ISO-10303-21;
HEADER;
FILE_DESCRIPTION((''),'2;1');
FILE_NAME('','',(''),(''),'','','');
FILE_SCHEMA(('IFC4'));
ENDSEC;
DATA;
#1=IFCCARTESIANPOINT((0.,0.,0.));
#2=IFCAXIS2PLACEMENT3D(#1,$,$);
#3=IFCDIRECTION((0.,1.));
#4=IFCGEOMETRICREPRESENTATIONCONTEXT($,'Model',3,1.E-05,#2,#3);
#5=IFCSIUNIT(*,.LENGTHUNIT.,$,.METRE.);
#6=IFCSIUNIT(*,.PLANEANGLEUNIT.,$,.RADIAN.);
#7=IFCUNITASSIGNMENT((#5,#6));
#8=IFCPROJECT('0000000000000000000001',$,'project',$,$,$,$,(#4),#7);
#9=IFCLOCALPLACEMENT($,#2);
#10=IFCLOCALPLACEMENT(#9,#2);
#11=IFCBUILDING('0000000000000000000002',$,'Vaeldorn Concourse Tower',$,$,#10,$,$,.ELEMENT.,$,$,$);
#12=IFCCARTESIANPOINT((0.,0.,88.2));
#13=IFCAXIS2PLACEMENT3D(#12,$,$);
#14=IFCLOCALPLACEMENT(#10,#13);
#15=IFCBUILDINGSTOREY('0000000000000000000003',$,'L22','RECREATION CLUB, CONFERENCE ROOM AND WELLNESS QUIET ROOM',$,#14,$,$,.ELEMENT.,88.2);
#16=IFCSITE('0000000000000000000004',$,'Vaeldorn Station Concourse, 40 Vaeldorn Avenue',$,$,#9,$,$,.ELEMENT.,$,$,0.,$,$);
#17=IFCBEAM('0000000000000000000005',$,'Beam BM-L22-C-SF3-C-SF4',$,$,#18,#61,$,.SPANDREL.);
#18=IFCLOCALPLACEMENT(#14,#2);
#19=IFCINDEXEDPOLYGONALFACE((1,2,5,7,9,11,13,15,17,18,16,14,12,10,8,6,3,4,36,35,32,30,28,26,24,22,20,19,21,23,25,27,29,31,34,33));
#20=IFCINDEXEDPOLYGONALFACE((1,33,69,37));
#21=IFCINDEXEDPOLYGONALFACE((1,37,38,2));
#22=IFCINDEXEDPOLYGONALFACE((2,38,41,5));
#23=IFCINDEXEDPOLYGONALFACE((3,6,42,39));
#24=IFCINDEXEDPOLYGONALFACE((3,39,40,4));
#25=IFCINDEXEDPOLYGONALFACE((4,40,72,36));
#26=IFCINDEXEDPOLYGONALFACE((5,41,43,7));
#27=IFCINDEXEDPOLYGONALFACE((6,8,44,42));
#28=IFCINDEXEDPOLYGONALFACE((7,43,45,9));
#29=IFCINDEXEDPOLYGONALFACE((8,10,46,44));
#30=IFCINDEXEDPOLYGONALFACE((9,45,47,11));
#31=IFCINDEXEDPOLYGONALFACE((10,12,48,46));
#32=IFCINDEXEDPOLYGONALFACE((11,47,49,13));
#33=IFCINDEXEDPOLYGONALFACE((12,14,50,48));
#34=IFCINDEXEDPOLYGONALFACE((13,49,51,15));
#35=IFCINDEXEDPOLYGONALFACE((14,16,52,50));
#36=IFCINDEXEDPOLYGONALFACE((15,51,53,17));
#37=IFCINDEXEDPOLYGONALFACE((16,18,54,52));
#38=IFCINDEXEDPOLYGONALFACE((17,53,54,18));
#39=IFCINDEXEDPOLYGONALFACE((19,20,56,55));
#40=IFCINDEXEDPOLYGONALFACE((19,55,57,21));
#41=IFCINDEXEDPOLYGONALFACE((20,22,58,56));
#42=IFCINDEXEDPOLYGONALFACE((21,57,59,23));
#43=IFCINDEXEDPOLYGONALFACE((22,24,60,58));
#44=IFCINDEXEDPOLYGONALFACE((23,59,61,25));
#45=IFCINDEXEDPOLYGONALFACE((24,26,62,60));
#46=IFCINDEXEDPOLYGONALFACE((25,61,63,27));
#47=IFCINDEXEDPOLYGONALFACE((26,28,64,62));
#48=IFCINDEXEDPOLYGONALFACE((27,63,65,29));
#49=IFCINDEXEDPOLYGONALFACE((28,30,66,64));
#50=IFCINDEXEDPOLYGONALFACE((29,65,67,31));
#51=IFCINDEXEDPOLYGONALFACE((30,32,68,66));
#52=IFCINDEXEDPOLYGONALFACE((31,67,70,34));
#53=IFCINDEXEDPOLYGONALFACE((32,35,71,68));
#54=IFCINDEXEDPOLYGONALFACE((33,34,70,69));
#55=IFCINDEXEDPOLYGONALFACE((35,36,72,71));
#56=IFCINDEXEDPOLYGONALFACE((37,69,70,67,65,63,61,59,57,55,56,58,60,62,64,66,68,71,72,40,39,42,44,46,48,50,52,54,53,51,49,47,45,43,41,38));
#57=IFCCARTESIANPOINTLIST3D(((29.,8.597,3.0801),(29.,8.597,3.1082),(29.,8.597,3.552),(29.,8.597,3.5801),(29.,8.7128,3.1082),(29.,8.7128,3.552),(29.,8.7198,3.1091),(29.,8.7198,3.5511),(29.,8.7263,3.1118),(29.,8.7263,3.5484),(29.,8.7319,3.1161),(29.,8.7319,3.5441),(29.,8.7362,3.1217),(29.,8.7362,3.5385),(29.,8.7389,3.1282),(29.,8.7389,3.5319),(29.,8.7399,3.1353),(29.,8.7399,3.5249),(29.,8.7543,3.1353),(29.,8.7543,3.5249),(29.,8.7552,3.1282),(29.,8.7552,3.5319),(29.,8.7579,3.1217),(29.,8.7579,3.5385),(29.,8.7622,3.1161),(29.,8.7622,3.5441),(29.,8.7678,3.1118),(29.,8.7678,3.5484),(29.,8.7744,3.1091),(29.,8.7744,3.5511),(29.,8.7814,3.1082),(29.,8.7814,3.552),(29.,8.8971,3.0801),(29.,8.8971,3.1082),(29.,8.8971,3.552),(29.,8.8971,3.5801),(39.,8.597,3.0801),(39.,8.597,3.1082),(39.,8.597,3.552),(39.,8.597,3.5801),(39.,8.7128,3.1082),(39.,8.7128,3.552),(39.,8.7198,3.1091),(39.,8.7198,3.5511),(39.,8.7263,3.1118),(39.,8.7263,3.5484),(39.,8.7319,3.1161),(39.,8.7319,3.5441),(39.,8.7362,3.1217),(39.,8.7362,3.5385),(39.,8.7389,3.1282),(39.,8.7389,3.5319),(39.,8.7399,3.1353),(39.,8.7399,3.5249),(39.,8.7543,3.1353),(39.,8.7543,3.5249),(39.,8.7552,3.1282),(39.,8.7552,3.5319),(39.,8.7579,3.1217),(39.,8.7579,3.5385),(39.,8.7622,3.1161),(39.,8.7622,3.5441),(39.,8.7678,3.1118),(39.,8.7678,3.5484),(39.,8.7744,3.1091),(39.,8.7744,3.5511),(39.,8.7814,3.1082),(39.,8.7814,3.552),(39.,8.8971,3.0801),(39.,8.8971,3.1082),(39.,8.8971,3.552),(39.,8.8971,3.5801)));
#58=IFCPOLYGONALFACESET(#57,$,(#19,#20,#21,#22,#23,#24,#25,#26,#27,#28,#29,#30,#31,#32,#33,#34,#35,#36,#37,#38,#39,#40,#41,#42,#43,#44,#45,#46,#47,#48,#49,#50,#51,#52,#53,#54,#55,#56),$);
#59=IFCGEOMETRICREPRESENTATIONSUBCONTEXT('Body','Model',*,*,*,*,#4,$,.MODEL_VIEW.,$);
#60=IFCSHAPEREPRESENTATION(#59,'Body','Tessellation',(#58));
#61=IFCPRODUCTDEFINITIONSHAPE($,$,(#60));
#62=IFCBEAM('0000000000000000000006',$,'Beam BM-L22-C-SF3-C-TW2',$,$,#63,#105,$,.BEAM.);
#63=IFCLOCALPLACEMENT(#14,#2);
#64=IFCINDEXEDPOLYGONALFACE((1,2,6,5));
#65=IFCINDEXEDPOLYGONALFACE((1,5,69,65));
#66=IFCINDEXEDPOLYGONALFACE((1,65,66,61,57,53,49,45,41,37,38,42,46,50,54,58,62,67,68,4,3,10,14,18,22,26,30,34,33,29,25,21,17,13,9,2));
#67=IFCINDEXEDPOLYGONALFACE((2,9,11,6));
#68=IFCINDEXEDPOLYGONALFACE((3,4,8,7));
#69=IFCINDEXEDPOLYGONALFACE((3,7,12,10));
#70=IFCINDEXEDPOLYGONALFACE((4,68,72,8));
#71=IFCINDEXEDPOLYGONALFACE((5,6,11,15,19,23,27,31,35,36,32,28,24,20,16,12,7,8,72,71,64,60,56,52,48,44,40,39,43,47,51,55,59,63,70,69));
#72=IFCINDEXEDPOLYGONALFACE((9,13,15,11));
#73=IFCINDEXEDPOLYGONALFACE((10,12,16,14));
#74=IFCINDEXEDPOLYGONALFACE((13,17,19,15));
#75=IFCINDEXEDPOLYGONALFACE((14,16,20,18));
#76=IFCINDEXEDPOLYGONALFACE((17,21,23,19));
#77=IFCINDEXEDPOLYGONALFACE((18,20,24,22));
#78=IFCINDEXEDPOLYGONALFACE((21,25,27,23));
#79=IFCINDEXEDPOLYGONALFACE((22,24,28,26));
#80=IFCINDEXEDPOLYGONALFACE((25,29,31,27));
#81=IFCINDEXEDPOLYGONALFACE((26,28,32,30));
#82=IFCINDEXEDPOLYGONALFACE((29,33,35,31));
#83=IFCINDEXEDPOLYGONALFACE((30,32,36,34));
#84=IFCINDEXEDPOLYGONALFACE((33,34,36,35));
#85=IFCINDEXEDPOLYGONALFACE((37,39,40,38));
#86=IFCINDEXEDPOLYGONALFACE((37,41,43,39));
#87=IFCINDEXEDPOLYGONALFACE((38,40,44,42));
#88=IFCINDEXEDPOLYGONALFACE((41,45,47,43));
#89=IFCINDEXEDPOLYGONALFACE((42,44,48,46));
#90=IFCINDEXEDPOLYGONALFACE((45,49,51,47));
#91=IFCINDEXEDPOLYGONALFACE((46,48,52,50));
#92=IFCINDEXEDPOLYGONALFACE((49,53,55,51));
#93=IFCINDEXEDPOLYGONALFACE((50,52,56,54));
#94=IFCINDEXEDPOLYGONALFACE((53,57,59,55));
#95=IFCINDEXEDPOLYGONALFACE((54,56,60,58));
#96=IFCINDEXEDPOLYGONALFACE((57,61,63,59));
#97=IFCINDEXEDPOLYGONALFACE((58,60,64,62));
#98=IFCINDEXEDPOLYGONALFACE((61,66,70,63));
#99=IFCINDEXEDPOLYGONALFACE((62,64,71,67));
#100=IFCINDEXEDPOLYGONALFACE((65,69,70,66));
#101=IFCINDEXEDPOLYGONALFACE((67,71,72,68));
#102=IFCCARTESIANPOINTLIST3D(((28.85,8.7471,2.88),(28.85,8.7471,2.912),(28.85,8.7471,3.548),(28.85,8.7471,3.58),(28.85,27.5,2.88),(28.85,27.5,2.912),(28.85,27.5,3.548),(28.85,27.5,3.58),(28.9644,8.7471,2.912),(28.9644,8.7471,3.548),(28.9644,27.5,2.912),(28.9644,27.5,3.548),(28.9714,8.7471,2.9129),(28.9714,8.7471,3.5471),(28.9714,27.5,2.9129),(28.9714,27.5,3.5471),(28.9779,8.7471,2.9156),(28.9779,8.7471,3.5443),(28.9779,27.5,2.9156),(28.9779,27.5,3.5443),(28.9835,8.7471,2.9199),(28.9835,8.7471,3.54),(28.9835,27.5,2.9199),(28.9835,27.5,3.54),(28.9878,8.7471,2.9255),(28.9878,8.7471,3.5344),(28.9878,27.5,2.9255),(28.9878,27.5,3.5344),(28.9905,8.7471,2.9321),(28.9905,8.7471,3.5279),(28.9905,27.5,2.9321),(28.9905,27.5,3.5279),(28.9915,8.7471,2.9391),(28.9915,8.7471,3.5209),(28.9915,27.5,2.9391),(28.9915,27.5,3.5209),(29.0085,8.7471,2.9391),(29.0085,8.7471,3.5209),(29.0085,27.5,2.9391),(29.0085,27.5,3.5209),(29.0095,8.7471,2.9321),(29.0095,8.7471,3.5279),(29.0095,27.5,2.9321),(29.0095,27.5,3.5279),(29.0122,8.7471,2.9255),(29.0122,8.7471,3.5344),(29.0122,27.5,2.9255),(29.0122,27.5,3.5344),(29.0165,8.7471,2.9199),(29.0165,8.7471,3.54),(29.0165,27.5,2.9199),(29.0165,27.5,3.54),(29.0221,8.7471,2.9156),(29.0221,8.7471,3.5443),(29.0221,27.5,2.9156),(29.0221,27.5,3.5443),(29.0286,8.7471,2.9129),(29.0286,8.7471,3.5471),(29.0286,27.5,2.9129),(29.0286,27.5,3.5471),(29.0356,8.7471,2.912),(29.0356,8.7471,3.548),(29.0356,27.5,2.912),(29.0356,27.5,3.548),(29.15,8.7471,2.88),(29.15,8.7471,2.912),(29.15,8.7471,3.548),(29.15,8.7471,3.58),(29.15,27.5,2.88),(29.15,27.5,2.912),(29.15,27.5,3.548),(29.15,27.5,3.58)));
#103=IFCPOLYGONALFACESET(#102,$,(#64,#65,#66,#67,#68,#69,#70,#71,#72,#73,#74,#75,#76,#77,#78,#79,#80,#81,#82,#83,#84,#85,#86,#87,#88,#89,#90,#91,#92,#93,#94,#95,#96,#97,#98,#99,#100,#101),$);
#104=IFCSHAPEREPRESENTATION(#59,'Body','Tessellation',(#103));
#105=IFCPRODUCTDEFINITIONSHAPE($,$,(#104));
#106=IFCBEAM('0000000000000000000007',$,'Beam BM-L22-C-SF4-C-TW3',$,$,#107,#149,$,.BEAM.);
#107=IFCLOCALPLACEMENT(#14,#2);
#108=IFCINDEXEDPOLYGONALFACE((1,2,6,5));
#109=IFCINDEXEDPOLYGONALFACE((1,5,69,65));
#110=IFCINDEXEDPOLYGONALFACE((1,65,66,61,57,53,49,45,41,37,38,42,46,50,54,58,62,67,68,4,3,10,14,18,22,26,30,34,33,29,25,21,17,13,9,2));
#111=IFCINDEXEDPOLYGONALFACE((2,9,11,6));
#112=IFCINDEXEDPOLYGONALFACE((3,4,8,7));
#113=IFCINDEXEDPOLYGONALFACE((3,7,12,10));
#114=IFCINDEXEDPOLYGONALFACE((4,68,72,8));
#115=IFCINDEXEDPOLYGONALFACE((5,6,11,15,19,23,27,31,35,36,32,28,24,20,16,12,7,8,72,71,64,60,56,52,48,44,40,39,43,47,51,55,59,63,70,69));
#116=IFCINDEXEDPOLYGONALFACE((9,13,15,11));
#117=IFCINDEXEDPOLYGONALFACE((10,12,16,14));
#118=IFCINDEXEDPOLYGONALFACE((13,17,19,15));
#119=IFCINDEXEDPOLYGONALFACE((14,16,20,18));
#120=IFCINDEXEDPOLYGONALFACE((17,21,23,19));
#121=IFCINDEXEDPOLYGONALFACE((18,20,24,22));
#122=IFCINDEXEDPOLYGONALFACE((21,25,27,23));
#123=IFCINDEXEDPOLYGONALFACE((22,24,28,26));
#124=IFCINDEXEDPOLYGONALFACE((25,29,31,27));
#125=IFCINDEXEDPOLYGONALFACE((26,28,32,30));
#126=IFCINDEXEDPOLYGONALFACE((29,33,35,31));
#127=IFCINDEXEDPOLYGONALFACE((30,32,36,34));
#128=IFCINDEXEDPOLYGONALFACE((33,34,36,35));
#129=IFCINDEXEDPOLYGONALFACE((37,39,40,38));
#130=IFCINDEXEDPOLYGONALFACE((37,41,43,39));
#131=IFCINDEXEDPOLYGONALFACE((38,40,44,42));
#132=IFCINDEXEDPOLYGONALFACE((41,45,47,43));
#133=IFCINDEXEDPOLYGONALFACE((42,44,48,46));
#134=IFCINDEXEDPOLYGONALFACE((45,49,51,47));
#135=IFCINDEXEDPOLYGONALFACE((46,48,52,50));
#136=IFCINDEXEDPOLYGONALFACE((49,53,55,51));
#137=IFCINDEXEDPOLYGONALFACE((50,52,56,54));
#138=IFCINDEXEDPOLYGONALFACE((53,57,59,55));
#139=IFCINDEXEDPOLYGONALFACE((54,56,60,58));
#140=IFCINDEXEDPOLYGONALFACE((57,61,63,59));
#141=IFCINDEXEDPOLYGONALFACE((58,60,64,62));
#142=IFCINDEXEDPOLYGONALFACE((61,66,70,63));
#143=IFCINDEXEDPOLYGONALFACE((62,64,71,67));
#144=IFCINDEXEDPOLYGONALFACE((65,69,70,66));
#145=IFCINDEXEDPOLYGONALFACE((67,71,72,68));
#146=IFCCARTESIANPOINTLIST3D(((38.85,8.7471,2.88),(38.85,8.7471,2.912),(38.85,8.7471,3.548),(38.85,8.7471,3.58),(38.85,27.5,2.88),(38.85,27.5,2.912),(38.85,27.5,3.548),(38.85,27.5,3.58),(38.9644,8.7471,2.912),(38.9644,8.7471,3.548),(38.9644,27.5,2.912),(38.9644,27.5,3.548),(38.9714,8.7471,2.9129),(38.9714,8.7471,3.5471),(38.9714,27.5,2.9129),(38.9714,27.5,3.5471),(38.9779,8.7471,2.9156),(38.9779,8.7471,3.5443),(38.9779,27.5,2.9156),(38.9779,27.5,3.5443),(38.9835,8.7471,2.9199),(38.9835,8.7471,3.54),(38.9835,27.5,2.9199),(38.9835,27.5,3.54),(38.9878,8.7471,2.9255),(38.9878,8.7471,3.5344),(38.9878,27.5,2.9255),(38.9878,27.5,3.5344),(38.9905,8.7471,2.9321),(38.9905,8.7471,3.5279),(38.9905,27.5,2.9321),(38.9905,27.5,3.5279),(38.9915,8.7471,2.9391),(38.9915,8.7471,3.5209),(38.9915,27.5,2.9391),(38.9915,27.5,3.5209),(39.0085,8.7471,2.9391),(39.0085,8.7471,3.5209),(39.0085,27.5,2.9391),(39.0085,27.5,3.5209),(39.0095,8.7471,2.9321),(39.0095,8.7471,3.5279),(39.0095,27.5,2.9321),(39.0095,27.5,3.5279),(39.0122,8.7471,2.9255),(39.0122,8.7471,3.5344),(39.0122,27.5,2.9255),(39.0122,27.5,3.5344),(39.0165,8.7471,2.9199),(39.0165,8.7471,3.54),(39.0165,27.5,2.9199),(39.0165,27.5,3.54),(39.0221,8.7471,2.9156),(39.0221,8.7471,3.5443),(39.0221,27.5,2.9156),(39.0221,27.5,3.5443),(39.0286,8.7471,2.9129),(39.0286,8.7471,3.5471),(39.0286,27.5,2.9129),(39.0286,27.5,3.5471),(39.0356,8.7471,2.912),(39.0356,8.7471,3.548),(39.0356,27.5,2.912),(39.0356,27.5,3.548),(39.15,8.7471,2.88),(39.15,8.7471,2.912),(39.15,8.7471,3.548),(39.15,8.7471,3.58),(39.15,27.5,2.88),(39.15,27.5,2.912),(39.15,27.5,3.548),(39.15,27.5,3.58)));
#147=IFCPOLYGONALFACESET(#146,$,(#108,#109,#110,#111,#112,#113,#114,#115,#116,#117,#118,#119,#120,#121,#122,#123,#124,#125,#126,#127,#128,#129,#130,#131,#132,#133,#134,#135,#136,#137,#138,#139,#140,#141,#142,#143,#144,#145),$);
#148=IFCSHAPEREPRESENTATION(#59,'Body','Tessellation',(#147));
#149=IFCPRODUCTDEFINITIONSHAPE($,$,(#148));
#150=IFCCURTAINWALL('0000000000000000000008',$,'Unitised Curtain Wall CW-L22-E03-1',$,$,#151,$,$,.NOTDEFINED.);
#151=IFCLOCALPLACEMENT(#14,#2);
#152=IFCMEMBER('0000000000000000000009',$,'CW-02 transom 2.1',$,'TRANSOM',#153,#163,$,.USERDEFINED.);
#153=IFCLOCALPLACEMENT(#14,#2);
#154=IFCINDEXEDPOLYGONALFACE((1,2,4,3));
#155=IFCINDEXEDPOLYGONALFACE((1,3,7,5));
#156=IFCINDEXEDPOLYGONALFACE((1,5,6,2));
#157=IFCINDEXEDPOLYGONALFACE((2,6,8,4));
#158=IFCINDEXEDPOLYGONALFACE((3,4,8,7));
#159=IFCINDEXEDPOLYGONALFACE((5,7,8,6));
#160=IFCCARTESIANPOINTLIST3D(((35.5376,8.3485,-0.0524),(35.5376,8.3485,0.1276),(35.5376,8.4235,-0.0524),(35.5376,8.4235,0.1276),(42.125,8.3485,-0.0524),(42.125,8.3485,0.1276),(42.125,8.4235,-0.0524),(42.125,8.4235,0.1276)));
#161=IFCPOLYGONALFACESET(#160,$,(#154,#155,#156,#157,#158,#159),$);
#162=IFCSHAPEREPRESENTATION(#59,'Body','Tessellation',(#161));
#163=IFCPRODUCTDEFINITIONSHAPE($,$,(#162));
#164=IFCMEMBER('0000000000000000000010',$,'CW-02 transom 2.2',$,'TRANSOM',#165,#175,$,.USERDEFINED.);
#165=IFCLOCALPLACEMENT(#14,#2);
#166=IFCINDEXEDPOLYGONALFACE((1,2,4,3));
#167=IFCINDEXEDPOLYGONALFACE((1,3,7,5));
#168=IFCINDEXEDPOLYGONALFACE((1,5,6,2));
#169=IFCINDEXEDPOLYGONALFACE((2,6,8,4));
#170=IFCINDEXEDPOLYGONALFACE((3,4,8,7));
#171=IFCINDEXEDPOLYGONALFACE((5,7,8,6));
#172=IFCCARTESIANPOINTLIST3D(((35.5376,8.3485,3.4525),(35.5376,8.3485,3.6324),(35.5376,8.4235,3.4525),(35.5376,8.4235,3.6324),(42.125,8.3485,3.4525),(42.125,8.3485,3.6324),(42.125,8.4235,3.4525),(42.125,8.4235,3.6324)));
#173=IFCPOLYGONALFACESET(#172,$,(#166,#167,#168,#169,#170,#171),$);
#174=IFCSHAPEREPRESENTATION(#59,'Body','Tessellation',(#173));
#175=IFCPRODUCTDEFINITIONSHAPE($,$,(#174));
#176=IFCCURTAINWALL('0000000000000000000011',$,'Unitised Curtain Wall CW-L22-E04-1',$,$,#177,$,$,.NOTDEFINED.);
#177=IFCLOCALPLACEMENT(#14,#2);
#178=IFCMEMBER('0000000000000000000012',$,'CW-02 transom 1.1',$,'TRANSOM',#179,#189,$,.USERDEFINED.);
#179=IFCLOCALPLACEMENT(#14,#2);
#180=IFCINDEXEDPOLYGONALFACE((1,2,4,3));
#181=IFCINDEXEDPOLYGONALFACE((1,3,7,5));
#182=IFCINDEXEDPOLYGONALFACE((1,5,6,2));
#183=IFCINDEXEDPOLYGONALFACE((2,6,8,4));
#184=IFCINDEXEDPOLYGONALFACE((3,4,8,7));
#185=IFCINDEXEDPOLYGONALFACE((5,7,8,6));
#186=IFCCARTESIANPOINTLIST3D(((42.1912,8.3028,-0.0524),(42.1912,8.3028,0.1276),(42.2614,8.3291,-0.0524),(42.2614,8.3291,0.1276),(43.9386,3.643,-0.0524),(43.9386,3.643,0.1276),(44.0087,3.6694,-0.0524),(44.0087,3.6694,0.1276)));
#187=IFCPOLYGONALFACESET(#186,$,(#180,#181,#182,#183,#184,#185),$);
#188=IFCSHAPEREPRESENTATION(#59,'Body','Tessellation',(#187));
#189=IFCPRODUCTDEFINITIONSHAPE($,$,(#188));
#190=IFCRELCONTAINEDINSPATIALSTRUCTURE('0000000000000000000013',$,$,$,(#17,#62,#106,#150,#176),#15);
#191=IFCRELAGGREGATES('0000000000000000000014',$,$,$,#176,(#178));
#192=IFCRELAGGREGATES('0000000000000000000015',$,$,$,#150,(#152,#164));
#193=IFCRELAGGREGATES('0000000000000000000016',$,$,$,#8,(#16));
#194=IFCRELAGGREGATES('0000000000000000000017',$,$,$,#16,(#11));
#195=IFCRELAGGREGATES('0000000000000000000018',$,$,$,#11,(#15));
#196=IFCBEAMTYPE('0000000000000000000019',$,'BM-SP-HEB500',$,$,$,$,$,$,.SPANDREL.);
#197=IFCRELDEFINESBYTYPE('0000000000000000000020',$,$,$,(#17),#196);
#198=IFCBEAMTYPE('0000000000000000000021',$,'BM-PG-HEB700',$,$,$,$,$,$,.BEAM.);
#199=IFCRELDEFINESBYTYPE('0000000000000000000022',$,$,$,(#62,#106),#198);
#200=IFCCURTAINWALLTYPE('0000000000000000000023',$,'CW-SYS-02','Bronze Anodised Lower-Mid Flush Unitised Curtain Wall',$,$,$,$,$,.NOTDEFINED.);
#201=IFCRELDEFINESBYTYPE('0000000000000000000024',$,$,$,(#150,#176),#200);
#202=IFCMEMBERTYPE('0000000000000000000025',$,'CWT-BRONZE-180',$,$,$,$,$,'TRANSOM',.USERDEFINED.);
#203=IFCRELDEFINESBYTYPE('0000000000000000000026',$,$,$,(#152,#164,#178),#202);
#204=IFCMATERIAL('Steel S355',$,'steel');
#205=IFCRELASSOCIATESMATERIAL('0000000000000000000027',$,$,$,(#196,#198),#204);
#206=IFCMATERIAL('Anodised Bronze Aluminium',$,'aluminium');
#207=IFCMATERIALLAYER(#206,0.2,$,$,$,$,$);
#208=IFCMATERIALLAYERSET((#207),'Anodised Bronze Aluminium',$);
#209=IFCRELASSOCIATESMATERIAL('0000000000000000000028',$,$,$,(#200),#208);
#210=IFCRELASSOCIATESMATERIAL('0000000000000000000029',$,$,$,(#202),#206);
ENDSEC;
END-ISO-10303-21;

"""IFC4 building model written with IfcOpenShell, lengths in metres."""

from ifc_helpers import new_model, si_unit, direction, frame, origin, origin_2d, place, context, subcontext, project, spatial, rectangle, i_section, extrude, source, transform, mapped, material, layer, layer_set, material_profile, profile_set, type_object, element, aggregate, save


model = new_model("IFC4")

# Units and contexts
model_context = context("Model", 3, precision=1e-05, world=origin(), true_north=direction((0.0, 1.0)))
body_context = subcontext(model_context, "Body", "Model", "MODEL_VIEW")
ifc_project = project(units=[si_unit("LENGTHUNIT", "METRE"), si_unit("PLANEANGLEUNIT", "RADIAN")], contexts=[model_context])

# Site, building, storey
site_placement = place(None, origin())
site = spatial("IfcSite", under=ifc_project, at=site_placement, Name="Vaeldorn Station Concourse, 40 Vaeldorn Avenue", CompositionType="ELEMENT", RefElevation=0.0)
building_placement = place(site_placement, origin())
building = spatial("IfcBuilding", under=site, at=building_placement, Name="Vaeldorn Concourse Tower", CompositionType="ELEMENT")
storey_placement = place(building_placement, frame((0.0, 0.0, 88.2)))
storey = spatial("IfcBuildingStorey", under=building, at=storey_placement, Name="L22", Description="RECREATION CLUB, CONFERENCE ROOM AND WELLNESS QUIET ROOM", CompositionType="ELEMENT", Elevation=88.2)

# Beams
ifc_material_1 = material(Name="Steel S355", Category="steel")
ifc_material_profile_1 = material_profile(ifc_material_1, i_section(OverallWidth=0.3, OverallDepth=0.5, WebThickness=0.0144, FlangeThickness=0.0281, FilletRadius=0.0271, at=origin_2d()), Name="HEB 500")
ifc_profile_set_1 = profile_set([ifc_material_profile_1], Name="Steel S355")
beam_type_1 = type_object("IfcBeamType", Name="BM-SP-HEB500", PredefinedType="SPANDREL", material=ifc_profile_set_1)
shared_shape_1 = source(origin(), body_context, "Body", "SweptSolid", [
    extrude(i_section(OverallWidth=0.3, OverallDepth=0.5, WebThickness=0.0144, FlangeThickness=0.0281, FilletRadius=0.0271, at=origin_2d()), origin(), (0.0, 0.0, 1.0), 10.0),
])
beam_1_placement = place(storey_placement, frame((29.0, 8.7471, 3.3301), z_axis=(1.0, 0.0, 0.0), x_axis=(0.0, 1.0, 0.0)))
element("IfcBeam", 1, at=beam_1_placement, inside=storey, type_object=beam_type_1, Name="Beam BM-L22-C-SF3-C-SF4", PredefinedType="SPANDREL", context=body_context, shape_type="MappedRepresentation", body=[
    mapped(shared_shape_1, transform((0.0, 0.0, 0.0), scale=1.0)),
])
ifc_material_profile_2 = material_profile(ifc_material_1, i_section(OverallWidth=0.3, OverallDepth=0.7, WebThickness=0.0171, FlangeThickness=0.032, FilletRadius=0.0271, at=origin_2d()), Name="HEB 700")
ifc_profile_set_2 = profile_set([ifc_material_profile_2], Name="Steel S355")
beam_type_2 = type_object("IfcBeamType", Name="BM-PG-HEB700", PredefinedType="BEAM", material=ifc_profile_set_2)
shared_shape_2 = source(origin(), body_context, "Body", "SweptSolid", [
    extrude(i_section(OverallWidth=0.3, OverallDepth=0.7, WebThickness=0.0171, FlangeThickness=0.032, FilletRadius=0.0271, at=origin_2d()), origin(), (0.0, 0.0, 1.0), 18.7529),
])
for number, where, z_axis, x_axis, name in (
    (2, (29.0, 8.7471, 3.23), (0.0, 1.0, 0.0), (-1.0, 0.0, 0.0), "Beam BM-L22-C-SF3-C-TW2"),
    (3, (39.0, 8.7471, 3.23), (0.0, 1.0, 0.0), (-1.0, 0.0, 0.0), "Beam BM-L22-C-SF4-C-TW3"),
):
    element("IfcBeam", number, at=place(storey_placement, frame(where, z_axis=z_axis, x_axis=x_axis)), inside=storey, type_object=beam_type_2, Name=name, PredefinedType="BEAM", context=body_context, shape_type="MappedRepresentation", body=[
        mapped(shared_shape_2, transform((0.0, 0.0, 0.0), scale=1.0)),
    ])

# Curtain walls, members
ifc_material_2 = material(Name="Anodised Bronze Aluminium", Category="aluminium")
ifc_layer_1 = layer(ifc_material_2, 0.2)
ifc_layer_set_1 = layer_set([ifc_layer_1], Name="Anodised Bronze Aluminium")
curtain_wall_type = type_object("IfcCurtainWallType", Name="CW-SYS-02", Description="Bronze Anodised Lower-Mid Flush Unitised Curtain Wall", PredefinedType="NOTDEFINED", material=ifc_layer_set_1)
curtain_wall_1_placement = place(storey_placement, origin())
curtain_wall_1 = element("IfcCurtainWall", 4, at=curtain_wall_1_placement, inside=storey, type_object=curtain_wall_type, Name="Unitised Curtain Wall CW-L22-E03-1", PredefinedType="NOTDEFINED")
ifc_material_profile_3 = material_profile(ifc_material_2, rectangle(XDim=0.075, YDim=0.1799, at=origin_2d()), Name="CWT 75x180")
ifc_profile_set_3 = profile_set([ifc_material_profile_3], Name="Anodised Bronze Aluminium")
member_type_1 = type_object("IfcMemberType", Name="CWT-BRONZE-180", ElementType="TRANSOM", PredefinedType="USERDEFINED", material=ifc_profile_set_3)
shared_shape_3 = source(origin(), body_context, "Body", "SweptSolid", [
    extrude(rectangle(XDim=0.075, YDim=0.1799, at=origin_2d()), origin(), (0.0, 0.0, 1.0), 6.5874),
])
member_1_placement = place(storey_placement, frame((35.5376, 8.386, 0.0376), z_axis=(1.0, 0.0, 0.0), x_axis=(0.0, 1.0, 0.0)))
member_1 = element("IfcMember", 5, at=member_1_placement, type_object=member_type_1, Name="CW-02 transom 2.1", ObjectType="TRANSOM", PredefinedType="USERDEFINED", context=body_context, shape_type="MappedRepresentation", body=[
    mapped(shared_shape_3, transform((0.0, 0.0, 0.0), scale=1.0)),
])
member_2_placement = place(storey_placement, frame((35.5376, 8.386, 3.5425), z_axis=(1.0, 0.0, 0.0), x_axis=(0.0, 1.0, 0.0)))
member_2 = element("IfcMember", 6, at=member_2_placement, type_object=member_type_1, Name="CW-02 transom 2.2", ObjectType="TRANSOM", PredefinedType="USERDEFINED", context=body_context, shape_type="MappedRepresentation", body=[
    mapped(shared_shape_3, transform((0.0, 0.0, 0.0), scale=1.0)),
])
curtain_wall_2_placement = place(storey_placement, origin())
curtain_wall_2 = element("IfcCurtainWall", 7, at=curtain_wall_2_placement, inside=storey, type_object=curtain_wall_type, Name="Unitised Curtain Wall CW-L22-E04-1", PredefinedType="NOTDEFINED")
shared_shape_4 = source(origin(), body_context, "Body", "SweptSolid", [
    extrude(rectangle(XDim=0.075, YDim=0.1799, at=origin_2d()), origin(), (0.0, 0.0, 1.0), 4.9766),
])
member_3_placement = place(storey_placement, frame((42.2263, 8.3159, 0.0376), z_axis=(0.351113, -0.936333, 0.0), x_axis=(0.936333, 0.351113, 0.0)))
member_3 = element("IfcMember", 8, at=member_3_placement, type_object=member_type_1, Name="CW-02 transom 1.1", ObjectType="TRANSOM", PredefinedType="USERDEFINED", context=body_context, shape_type="MappedRepresentation", body=[
    mapped(shared_shape_4, transform((0.0, 0.0, 0.0), scale=1.0)),
])

aggregate(curtain_wall_2, [member_3])
aggregate(curtain_wall_1, [member_1, member_2])

save(model, "model.ifc")
